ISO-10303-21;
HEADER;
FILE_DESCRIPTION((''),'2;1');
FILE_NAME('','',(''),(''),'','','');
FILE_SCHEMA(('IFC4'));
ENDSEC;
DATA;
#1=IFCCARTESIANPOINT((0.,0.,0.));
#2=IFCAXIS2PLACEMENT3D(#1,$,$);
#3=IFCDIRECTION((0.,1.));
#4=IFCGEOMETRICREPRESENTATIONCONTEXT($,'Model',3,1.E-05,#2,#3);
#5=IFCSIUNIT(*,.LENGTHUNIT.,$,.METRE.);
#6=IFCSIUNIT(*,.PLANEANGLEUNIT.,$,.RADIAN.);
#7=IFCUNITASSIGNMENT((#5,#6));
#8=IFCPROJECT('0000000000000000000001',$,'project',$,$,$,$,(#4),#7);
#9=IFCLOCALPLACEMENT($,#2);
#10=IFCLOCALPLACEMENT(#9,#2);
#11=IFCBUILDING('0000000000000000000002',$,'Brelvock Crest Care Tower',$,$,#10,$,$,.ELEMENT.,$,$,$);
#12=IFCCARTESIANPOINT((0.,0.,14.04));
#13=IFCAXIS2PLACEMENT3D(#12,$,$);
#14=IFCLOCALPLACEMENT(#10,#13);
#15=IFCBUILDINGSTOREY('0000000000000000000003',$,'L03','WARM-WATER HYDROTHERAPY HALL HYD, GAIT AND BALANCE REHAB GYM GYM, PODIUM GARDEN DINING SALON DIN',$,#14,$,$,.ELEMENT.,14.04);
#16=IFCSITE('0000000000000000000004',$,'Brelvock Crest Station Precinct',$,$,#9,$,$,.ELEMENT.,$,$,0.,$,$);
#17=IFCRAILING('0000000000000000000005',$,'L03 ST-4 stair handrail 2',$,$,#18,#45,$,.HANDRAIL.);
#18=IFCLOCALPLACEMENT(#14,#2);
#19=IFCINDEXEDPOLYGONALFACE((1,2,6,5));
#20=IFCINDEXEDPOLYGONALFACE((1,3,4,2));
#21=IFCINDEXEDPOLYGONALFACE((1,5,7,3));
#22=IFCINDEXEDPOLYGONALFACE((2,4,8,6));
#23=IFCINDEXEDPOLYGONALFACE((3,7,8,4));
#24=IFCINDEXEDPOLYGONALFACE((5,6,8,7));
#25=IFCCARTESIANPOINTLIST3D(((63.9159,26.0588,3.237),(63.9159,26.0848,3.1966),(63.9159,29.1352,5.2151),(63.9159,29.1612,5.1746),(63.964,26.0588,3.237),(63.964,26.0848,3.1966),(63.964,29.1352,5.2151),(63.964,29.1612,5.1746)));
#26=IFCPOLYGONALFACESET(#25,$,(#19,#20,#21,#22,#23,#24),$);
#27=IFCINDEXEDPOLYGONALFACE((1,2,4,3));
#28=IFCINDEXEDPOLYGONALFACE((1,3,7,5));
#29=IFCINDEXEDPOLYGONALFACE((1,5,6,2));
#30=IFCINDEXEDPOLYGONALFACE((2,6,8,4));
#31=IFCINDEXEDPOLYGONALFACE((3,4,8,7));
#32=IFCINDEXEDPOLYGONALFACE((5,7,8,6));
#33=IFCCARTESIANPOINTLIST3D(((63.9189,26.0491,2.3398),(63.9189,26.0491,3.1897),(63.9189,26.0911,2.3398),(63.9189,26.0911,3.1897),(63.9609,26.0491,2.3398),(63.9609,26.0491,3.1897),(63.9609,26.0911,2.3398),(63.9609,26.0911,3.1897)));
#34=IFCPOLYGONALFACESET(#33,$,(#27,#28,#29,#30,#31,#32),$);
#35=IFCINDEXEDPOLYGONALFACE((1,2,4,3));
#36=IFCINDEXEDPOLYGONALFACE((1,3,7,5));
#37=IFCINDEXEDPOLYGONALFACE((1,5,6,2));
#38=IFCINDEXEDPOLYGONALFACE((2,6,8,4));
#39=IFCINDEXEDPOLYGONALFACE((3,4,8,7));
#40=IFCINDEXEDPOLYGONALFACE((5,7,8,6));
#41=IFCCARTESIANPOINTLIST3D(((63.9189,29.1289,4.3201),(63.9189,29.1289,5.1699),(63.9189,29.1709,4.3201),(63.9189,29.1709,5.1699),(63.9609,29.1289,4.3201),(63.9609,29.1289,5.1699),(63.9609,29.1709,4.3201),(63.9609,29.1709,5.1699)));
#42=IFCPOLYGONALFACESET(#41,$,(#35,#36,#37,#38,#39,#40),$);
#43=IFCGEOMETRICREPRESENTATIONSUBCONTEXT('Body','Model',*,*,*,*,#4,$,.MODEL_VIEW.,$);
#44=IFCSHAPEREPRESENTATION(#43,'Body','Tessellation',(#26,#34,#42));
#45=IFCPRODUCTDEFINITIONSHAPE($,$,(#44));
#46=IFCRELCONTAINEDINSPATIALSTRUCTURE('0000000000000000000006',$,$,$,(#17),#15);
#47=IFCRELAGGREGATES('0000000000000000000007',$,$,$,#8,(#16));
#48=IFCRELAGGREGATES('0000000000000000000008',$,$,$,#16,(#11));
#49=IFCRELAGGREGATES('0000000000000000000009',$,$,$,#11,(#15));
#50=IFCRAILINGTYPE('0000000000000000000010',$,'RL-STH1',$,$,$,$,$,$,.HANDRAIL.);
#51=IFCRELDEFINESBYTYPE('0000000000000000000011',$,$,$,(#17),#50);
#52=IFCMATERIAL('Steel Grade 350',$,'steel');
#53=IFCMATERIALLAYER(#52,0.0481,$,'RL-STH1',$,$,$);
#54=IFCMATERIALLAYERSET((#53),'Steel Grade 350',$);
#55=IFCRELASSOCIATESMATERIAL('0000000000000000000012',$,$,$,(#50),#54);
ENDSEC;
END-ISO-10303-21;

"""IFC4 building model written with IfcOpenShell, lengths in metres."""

from ifc_helpers import new_model, si_unit, direction, frame, origin, origin_2d, place, context, subcontext, project, spatial, rectangle, extrude, material, layer, layer_set, type_object, element, save


model = new_model("IFC4")

# Units and contexts
model_context = context("Model", 3, precision=1e-05, world=origin(), true_north=direction((0.0, 1.0)))
body_context = subcontext(model_context, "Body", "Model", "MODEL_VIEW")
ifc_project = project(units=[si_unit("LENGTHUNIT", "METRE"), si_unit("PLANEANGLEUNIT", "RADIAN")], contexts=[model_context])

# Site, building, storey
site_placement = place(None, origin())
site = spatial("IfcSite", under=ifc_project, at=site_placement, Name="Brelvock Crest Station Precinct", CompositionType="ELEMENT", RefElevation=0.0)
building_placement = place(site_placement, origin())
building = spatial("IfcBuilding", under=site, at=building_placement, Name="Brelvock Crest Care Tower", CompositionType="ELEMENT")
storey_placement = place(building_placement, frame((0.0, 0.0, 14.04)))
storey = spatial("IfcBuildingStorey", under=building, at=storey_placement, Name="L03", Description="WARM-WATER HYDROTHERAPY HALL HYD, GAIT AND BALANCE REHAB GYM GYM, PODIUM GARDEN DINING SALON DIN", CompositionType="ELEMENT", Elevation=14.04)

# Shared definitions
ifc_material_1 = material(Name="Steel Grade 350", Category="steel")

# Railing
ifc_layer_1 = layer(ifc_material_1, 0.0481, Name="RL-STH1")
ifc_layer_set_1 = layer_set([ifc_layer_1], Name="Steel Grade 350")
railing_type_1 = type_object("IfcRailingType", Name="RL-STH1", PredefinedType="HANDRAIL", material=ifc_layer_set_1)
railing_1_placement = place(storey_placement, frame((63.9399, 26.0701, 2.3398)))
element("IfcRailing", 1, at=railing_1_placement, inside=storey, type_object=railing_type_1, Name="L03 ST-4 stair handrail 2", PredefinedType="HANDRAIL", context=body_context, shape_type="SweptSolid", body=[
    extrude(rectangle(XDim=0.0481, YDim=0.0481, at=origin_2d()), frame((0.0, 0.0017, 0.877), z_axis=(0.0, 0.841137, 0.540822), x_axis=(-1.0, 0.0, 0.0)), (0.0, 0.0, 1.0), 3.6575),
    extrude(rectangle(XDim=0.042, YDim=0.042, at=origin_2d()), origin(), (0.0, 0.0, 1.0), 0.8499),
    extrude(rectangle(XDim=0.042, YDim=0.042, at=origin_2d()), frame((0.0, 3.0798, 1.9802)), (0.0, 0.0, 1.0), 0.8499),
])

save(model, "model.ifc")
